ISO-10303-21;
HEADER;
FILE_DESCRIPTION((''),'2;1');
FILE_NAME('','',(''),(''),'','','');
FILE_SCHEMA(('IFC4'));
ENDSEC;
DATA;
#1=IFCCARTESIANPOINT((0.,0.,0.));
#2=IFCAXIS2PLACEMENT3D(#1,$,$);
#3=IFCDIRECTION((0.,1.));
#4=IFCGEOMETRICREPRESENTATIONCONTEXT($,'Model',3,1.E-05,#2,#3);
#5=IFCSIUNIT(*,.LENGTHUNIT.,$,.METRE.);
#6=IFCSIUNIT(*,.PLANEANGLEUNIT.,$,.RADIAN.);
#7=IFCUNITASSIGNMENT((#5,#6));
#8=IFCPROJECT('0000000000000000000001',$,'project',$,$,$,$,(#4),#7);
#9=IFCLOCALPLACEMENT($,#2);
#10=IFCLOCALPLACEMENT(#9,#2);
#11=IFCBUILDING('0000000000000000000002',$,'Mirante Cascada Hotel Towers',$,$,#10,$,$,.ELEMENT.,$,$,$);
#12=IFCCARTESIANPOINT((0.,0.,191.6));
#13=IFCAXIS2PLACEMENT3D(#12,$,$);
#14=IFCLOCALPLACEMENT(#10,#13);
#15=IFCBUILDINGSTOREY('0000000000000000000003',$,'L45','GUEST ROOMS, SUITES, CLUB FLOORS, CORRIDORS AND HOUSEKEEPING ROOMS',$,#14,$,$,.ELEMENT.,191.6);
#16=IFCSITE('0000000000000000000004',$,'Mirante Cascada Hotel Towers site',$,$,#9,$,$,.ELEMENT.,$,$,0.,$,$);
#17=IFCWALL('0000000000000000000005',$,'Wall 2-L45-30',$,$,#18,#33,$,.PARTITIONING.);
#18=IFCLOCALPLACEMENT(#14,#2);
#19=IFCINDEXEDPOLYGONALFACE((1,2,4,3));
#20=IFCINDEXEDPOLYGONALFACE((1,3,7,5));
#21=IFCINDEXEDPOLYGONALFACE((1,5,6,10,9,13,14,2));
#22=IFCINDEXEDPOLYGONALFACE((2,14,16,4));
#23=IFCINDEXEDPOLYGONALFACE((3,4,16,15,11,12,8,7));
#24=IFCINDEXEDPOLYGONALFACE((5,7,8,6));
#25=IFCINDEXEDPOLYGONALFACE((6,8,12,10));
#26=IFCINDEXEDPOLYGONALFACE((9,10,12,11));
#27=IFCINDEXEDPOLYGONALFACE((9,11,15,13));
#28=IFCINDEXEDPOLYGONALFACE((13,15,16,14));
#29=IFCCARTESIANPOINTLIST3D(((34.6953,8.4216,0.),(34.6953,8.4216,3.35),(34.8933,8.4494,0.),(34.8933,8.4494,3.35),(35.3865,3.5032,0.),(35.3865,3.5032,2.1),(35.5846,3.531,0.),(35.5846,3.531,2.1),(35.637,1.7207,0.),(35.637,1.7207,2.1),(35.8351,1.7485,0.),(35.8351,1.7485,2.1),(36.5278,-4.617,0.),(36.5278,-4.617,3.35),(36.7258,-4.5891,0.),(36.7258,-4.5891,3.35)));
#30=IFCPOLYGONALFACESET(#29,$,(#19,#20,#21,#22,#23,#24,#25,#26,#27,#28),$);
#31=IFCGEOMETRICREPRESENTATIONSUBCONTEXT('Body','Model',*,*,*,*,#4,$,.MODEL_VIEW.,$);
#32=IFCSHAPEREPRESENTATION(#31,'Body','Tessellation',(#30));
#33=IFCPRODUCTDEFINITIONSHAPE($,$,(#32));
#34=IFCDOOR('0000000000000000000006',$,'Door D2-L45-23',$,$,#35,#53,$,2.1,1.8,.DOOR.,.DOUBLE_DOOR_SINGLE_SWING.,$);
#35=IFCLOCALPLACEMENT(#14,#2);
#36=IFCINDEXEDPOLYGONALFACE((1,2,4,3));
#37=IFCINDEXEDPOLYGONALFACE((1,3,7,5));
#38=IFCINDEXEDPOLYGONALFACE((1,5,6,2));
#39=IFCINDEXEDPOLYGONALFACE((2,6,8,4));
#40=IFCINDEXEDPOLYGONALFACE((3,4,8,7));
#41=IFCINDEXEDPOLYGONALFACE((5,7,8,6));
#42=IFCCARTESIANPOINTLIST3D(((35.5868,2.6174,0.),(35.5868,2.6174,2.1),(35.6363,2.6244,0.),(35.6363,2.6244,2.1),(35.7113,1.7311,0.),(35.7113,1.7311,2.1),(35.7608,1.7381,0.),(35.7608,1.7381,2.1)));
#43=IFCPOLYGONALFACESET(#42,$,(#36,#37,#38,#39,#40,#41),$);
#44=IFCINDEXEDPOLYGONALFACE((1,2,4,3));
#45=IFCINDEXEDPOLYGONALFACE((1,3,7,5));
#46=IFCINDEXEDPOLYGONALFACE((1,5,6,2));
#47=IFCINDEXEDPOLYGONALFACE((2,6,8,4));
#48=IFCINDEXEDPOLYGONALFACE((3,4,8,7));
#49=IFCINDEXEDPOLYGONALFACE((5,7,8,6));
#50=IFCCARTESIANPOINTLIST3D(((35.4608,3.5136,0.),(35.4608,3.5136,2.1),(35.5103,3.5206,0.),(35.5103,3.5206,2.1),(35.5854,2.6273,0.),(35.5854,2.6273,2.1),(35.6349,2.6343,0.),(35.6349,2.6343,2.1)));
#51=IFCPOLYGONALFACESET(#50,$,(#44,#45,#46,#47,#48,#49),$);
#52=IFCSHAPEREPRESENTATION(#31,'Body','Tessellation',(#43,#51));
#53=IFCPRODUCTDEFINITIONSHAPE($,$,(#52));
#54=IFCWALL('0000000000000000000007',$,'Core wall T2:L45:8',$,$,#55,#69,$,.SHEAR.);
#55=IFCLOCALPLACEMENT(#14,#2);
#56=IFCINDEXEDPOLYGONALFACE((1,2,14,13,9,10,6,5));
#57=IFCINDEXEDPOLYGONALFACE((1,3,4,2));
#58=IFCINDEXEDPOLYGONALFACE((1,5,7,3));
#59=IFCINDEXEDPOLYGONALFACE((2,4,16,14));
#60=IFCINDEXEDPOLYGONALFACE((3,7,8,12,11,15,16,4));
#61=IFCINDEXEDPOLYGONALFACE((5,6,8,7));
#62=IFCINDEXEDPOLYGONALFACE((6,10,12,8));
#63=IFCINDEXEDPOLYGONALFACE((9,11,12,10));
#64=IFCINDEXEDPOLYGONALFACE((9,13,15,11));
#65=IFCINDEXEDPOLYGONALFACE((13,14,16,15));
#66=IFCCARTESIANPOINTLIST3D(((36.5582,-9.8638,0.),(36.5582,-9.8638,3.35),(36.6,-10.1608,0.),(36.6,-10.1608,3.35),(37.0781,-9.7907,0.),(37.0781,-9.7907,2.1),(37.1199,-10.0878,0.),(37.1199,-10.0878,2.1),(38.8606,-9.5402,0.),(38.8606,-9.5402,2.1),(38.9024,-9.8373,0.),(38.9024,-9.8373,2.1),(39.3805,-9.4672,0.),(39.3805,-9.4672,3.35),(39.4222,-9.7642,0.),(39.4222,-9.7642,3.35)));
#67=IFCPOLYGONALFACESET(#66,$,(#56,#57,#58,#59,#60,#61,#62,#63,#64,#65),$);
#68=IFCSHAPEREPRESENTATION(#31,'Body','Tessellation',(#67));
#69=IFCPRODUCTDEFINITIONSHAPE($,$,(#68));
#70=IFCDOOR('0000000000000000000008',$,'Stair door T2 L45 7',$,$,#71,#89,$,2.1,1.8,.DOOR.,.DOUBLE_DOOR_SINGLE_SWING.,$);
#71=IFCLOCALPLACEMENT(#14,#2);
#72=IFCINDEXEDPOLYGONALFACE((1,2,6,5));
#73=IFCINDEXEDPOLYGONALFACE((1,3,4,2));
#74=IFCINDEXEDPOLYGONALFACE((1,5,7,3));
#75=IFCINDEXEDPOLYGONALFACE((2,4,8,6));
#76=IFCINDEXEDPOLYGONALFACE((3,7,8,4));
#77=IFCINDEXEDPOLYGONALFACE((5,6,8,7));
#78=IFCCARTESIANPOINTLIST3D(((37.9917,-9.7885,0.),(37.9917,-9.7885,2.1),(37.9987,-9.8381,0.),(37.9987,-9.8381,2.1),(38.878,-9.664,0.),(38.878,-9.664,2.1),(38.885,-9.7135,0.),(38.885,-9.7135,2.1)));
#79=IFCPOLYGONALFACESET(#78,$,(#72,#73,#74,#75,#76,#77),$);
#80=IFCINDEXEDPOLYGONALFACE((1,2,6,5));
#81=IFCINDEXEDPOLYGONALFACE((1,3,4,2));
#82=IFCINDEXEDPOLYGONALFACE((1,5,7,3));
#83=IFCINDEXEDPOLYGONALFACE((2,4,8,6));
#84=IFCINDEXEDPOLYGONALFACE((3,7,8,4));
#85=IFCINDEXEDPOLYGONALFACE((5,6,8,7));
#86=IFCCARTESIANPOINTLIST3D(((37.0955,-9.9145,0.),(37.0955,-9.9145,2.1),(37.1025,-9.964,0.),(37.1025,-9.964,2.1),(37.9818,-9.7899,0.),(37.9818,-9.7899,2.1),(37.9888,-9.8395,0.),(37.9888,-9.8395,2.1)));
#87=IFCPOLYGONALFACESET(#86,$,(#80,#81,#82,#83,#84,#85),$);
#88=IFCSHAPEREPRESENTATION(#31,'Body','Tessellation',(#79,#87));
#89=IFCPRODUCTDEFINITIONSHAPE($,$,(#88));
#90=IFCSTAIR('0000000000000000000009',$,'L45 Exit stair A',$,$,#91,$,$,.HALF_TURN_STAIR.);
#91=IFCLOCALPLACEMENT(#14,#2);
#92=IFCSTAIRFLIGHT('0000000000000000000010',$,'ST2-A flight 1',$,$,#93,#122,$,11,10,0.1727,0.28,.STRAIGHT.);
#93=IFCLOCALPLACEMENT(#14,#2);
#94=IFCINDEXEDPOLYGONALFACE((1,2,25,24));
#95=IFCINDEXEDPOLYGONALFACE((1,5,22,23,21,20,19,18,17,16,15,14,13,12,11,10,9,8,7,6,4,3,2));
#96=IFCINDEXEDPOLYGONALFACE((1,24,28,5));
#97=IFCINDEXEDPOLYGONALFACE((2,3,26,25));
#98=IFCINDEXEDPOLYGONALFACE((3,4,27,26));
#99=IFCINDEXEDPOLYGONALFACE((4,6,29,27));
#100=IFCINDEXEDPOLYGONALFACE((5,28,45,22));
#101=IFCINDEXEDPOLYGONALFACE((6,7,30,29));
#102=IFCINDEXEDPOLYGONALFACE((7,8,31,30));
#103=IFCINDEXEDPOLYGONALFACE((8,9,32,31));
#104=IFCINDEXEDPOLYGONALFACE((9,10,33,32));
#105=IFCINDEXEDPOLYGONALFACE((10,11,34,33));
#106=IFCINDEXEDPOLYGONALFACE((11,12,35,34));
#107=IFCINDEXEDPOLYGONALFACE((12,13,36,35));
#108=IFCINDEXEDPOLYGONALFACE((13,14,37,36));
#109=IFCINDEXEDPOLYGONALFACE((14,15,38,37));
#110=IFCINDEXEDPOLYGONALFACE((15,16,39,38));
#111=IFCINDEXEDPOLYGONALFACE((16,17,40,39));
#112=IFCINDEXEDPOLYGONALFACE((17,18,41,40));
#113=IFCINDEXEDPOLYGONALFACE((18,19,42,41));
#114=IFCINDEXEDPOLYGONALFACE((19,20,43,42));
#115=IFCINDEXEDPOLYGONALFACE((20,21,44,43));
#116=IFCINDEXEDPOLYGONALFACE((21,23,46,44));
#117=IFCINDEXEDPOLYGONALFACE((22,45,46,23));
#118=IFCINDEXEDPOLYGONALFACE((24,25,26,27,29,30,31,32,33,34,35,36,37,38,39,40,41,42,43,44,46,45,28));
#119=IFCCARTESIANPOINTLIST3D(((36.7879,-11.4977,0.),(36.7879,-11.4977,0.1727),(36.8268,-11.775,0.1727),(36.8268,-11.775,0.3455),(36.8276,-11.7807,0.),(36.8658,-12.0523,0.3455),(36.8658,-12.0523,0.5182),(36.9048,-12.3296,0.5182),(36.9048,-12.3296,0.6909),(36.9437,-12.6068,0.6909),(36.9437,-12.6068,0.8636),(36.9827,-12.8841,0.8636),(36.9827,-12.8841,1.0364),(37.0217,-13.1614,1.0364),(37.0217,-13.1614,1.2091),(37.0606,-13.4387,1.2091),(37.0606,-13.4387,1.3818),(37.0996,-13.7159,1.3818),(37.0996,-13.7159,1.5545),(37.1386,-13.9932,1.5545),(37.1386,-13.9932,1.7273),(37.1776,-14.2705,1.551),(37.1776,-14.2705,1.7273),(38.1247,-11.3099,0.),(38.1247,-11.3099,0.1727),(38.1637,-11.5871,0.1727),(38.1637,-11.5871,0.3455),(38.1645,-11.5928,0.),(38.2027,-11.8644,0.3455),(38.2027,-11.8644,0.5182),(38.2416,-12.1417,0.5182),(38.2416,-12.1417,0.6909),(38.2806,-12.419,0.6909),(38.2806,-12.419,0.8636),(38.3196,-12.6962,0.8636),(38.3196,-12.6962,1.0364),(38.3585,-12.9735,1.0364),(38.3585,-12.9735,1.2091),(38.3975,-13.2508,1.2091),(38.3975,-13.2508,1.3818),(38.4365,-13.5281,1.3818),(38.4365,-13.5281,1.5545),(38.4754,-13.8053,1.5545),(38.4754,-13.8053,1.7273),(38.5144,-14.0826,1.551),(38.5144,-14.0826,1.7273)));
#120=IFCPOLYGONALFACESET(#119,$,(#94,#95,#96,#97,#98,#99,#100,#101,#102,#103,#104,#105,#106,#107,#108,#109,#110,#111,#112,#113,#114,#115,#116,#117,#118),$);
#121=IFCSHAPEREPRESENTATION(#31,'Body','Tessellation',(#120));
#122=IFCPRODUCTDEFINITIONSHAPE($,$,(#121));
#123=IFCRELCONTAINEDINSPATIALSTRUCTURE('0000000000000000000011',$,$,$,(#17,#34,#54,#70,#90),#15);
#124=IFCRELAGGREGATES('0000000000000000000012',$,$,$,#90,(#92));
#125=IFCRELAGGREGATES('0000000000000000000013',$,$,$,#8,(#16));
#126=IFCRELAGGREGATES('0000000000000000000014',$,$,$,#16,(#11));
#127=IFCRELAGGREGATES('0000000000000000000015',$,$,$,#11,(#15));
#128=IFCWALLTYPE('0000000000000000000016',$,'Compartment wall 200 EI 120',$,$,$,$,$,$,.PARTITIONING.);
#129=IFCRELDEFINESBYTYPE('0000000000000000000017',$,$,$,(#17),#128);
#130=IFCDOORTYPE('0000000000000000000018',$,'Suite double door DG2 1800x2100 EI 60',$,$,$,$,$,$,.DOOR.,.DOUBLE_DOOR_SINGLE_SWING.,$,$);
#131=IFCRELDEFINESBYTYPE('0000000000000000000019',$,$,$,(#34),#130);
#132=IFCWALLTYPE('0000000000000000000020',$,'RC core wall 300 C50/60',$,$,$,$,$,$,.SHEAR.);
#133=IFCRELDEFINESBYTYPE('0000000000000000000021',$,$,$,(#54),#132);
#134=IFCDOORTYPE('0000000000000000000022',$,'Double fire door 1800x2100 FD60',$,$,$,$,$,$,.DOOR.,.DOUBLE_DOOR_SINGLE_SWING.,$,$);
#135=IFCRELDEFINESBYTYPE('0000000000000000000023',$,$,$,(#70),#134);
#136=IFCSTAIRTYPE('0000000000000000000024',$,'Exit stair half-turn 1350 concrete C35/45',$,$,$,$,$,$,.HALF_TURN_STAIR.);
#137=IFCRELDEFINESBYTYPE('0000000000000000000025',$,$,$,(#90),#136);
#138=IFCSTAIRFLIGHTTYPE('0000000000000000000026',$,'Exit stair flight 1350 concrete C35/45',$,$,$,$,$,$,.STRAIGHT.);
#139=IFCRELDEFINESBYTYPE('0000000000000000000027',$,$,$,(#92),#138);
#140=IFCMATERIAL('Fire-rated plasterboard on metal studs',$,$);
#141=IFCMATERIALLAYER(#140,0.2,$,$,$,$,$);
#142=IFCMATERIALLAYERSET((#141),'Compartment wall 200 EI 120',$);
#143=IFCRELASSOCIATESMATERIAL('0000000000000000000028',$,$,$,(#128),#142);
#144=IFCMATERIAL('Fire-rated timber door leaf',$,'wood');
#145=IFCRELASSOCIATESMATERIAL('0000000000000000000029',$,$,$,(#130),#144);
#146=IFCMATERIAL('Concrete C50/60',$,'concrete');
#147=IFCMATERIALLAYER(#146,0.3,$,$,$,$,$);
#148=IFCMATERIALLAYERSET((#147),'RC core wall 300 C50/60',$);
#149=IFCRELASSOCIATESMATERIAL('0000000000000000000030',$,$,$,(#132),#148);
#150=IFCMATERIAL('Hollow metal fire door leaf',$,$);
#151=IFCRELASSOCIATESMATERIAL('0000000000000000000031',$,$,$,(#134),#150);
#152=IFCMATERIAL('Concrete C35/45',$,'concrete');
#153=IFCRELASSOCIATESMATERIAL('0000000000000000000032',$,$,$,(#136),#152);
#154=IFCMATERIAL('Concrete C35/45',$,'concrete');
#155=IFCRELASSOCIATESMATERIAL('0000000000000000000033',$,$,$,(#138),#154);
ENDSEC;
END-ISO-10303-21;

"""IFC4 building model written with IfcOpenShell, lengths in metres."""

from ifc_helpers import new_model, si_unit, direction, frame, frame_2d, origin, place, context, subcontext, project, spatial, polyline, rectangle, outline, extrude, material, layer, layer_set, type_object, element, fill, aggregate, save


model = new_model("IFC4")

# Units and contexts
model_context = context("Model", 3, precision=1e-05, world=origin(), true_north=direction((0.0, 1.0)))
body_context = subcontext(model_context, "Body", "Model", "MODEL_VIEW")
ifc_project = project(units=[si_unit("LENGTHUNIT", "METRE"), si_unit("PLANEANGLEUNIT", "RADIAN")], contexts=[model_context])

# Site, building, storey
site_placement = place(None, origin())
site = spatial("IfcSite", under=ifc_project, at=site_placement, Name="Mirante Cascada Hotel Towers site", CompositionType="ELEMENT", RefElevation=0.0)
building_placement = place(site_placement, origin())
building = spatial("IfcBuilding", under=site, at=building_placement, Name="Mirante Cascada Hotel Towers", CompositionType="ELEMENT")
storey_placement = place(building_placement, frame((0.0, 0.0, 191.6)))
storey = spatial("IfcBuildingStorey", under=building, at=storey_placement, Name="L45", Description="GUEST ROOMS, SUITES, CLUB FLOORS, CORRIDORS AND HOUSEKEEPING ROOMS", CompositionType="ELEMENT", Elevation=191.6)

# Walls, openings, doors
ifc_material_1 = material(Name="Fire-rated plasterboard on metal studs")
ifc_layer_1 = layer(ifc_material_1, 0.2)
ifc_layer_set_1 = layer_set([ifc_layer_1], Name="Compartment wall 200 EI 120")
wall_type_1 = type_object("IfcWallType", Name="Compartment wall 200 EI 120", PredefinedType="PARTITIONING", material=ifc_layer_set_1)
wall_1_placement = place(storey_placement, frame((36.6268, -4.6031, 0.0), z_axis=(0.0, 0.0, 1.0), x_axis=(-0.139176, 0.990268, 0.0)))
wall_1 = element("IfcWall", 1, at=wall_1_placement, inside=storey, type_object=wall_type_1, Name="Wall 2-L45-30", PredefinedType="PARTITIONING", context=body_context, shape_type="SweptSolid", body=[
    extrude(rectangle(XDim=13.1667, YDim=0.2, at=frame_2d((6.5834, 0.0))), origin(), (0.0, 0.0, 1.0), 3.35),
])
opening_1_placement = place(wall_1_placement, frame((6.4, 0.0, 0.0)))
opening_1 = element("IfcOpeningElement", 2, at=opening_1_placement, cuts=wall_1, PredefinedType="OPENING", context=body_context, shape_type="SweptSolid", body=[
    extrude(rectangle(XDim=1.8, YDim=2.1, at=frame_2d((0.9, 1.05))), frame((0.0, 0.1, 0.0), z_axis=(0.0, -1.0, 0.0), x_axis=(1.0, 0.0, 0.0)), (0.0, 0.0, 1.0), 0.2),
])
ifc_material_2 = material(Name="Fire-rated timber door leaf", Category="wood")
door_type_1 = type_object("IfcDoorType", Name="Suite double door DG2 1800x2100 EI 60", OperationType="DOUBLE_DOOR_SINGLE_SWING", PredefinedType="DOOR", material=ifc_material_2)
door_1_placement = place(opening_1_placement, origin())
door_1 = element("IfcDoor", 3, at=door_1_placement, inside=storey, type_object=door_type_1, Name="Door D2-L45-23", OperationType="DOUBLE_DOOR_SINGLE_SWING", OverallHeight=2.1, OverallWidth=1.8, PredefinedType="DOOR", context=body_context, shape_type="SweptSolid", body=[
    extrude(rectangle(XDim=0.895, YDim=2.1, at=frame_2d((0.4475, 1.05))), frame((0.0, 0.025, 0.0), z_axis=(0.0, -1.0, 0.0), x_axis=(1.0, 0.0, 0.0)), (0.0, 0.0, 1.0), 0.05),
    extrude(rectangle(XDim=0.895, YDim=2.1, at=frame_2d((1.3525, 1.05))), frame((0.0, 0.025, 0.0), z_axis=(0.0, -1.0, 0.0), x_axis=(1.0, 0.0, 0.0)), (0.0, 0.0, 1.0), 0.05),
])
fill(opening_1, door_1)
ifc_material_3 = material(Name="Concrete C50/60", Category="concrete")
ifc_layer_2 = layer(ifc_material_3, 0.3)
ifc_layer_set_2 = layer_set([ifc_layer_2], Name="RC core wall 300 C50/60")
wall_type_2 = type_object("IfcWallType", Name="RC core wall 300 C50/60", PredefinedType="SHEAR", material=ifc_layer_set_2)
wall_2_placement = place(storey_placement, frame((36.5791, -10.0123, 0.0), z_axis=(0.0, 0.0, 1.0), x_axis=(0.99027, 0.139156, 0.0)))
wall_2 = element("IfcWall", 4, at=wall_2_placement, inside=storey, type_object=wall_type_2, Name="Core wall T2:L45:8", PredefinedType="SHEAR", context=body_context, shape_type="SweptSolid", body=[
    extrude(rectangle(XDim=2.85, YDim=0.3, at=frame_2d((1.425, 0.0))), origin(), (0.0, 0.0, 1.0), 3.35),
])
opening_2_placement = place(wall_2_placement, frame((0.525, 0.0, 0.0)))
opening_2 = element("IfcOpeningElement", 5, at=opening_2_placement, cuts=wall_2, PredefinedType="OPENING", context=body_context, shape_type="SweptSolid", body=[
    extrude(rectangle(XDim=1.8, YDim=2.1, at=frame_2d((0.9, 1.05))), frame((0.0, 0.15, 0.0), z_axis=(0.0, -1.0, 0.0), x_axis=(1.0, 0.0, 0.0)), (0.0, 0.0, 1.0), 0.3),
])
ifc_material_4 = material(Name="Hollow metal fire door leaf")
door_type_2 = type_object("IfcDoorType", Name="Double fire door 1800x2100 FD60", OperationType="DOUBLE_DOOR_SINGLE_SWING", PredefinedType="DOOR", material=ifc_material_4)
door_2_placement = place(opening_2_placement, frame((1.8, 0.0, 0.0), z_axis=(0.0, 0.0, 1.0), x_axis=(-1.0, 0.0, 0.0)))
door_2 = element("IfcDoor", 6, at=door_2_placement, inside=storey, type_object=door_type_2, Name="Stair door T2 L45 7", OperationType="DOUBLE_DOOR_SINGLE_SWING", OverallHeight=2.1, OverallWidth=1.8, PredefinedType="DOOR", context=body_context, shape_type="SweptSolid", body=[
    extrude(rectangle(XDim=0.895, YDim=2.1, at=frame_2d((0.4475, 1.05))), frame((0.0, 0.025, 0.0), z_axis=(0.0, -1.0, 0.0), x_axis=(1.0, 0.0, 0.0)), (0.0, 0.0, 1.0), 0.05),
    extrude(rectangle(XDim=0.895, YDim=2.1, at=frame_2d((1.3525, 1.05))), frame((0.0, 0.025, 0.0), z_axis=(0.0, -1.0, 0.0), x_axis=(1.0, 0.0, 0.0)), (0.0, 0.0, 1.0), 0.05),
])
fill(opening_2, door_2)

# Stair, stair flight
ifc_material_5 = material(Name="Concrete C35/45", Category="concrete")
stair_type = type_object("IfcStairType", Name="Exit stair half-turn 1350 concrete C35/45", PredefinedType="HALF_TURN_STAIR", material=ifc_material_5)
stair_placement = place(storey_placement, origin())
stair = element("IfcStair", 7, at=stair_placement, inside=storey, type_object=stair_type, Name="L45 Exit stair A", PredefinedType="HALF_TURN_STAIR")
ifc_material_6 = material(Name="Concrete C35/45", Category="concrete")
stair_flight_type = type_object("IfcStairFlightType", Name="Exit stair flight 1350 concrete C35/45", PredefinedType="STRAIGHT", material=ifc_material_6)
stair_flight_placement = place(storey_placement, frame((37.4563, -11.4038, 0.0), z_axis=(0.0, 0.0, 1.0), x_axis=(0.139173, -0.990268, 0.0)))
stair_flight = element("IfcStairFlight", 8, at=stair_flight_placement, type_object=stair_flight_type, Name="ST2-A flight 1", NumberOfRisers=11, NumberOfTreads=10, PredefinedType="STRAIGHT", RiserHeight=0.1727, TreadLength=0.28, context=body_context, shape_type="SweptSolid", body=[
    extrude(outline(polyline([(0.0, 0.0), (0.0, 0.1727), (0.28, 0.1727), (0.28, 0.3455), (0.56, 0.3455), (0.56, 0.5182), (0.84, 0.5182), (0.84, 0.6909), (1.12, 0.6909), (1.12, 0.8636), (1.4, 0.8636), (1.4, 1.0364), (1.68, 1.0364), (1.68, 1.2091), (1.96, 1.2091), (1.96, 1.3818), (2.24, 1.3818), (2.24, 1.5545), (2.52, 1.5545), (2.52, 1.7273), (2.8, 1.7273), (2.8, 1.9), (2.8, 1.551), (0.2857, 0.0), (0.0, 0.0)])), frame((0.0, 0.675, 0.0), z_axis=(0.0, -1.0, 0.0), x_axis=(1.0, 0.0, 0.0)), (0.0, 0.0, 1.0), 1.35),
])
aggregate(stair, [stair_flight])

save(model, "model.ifc")
